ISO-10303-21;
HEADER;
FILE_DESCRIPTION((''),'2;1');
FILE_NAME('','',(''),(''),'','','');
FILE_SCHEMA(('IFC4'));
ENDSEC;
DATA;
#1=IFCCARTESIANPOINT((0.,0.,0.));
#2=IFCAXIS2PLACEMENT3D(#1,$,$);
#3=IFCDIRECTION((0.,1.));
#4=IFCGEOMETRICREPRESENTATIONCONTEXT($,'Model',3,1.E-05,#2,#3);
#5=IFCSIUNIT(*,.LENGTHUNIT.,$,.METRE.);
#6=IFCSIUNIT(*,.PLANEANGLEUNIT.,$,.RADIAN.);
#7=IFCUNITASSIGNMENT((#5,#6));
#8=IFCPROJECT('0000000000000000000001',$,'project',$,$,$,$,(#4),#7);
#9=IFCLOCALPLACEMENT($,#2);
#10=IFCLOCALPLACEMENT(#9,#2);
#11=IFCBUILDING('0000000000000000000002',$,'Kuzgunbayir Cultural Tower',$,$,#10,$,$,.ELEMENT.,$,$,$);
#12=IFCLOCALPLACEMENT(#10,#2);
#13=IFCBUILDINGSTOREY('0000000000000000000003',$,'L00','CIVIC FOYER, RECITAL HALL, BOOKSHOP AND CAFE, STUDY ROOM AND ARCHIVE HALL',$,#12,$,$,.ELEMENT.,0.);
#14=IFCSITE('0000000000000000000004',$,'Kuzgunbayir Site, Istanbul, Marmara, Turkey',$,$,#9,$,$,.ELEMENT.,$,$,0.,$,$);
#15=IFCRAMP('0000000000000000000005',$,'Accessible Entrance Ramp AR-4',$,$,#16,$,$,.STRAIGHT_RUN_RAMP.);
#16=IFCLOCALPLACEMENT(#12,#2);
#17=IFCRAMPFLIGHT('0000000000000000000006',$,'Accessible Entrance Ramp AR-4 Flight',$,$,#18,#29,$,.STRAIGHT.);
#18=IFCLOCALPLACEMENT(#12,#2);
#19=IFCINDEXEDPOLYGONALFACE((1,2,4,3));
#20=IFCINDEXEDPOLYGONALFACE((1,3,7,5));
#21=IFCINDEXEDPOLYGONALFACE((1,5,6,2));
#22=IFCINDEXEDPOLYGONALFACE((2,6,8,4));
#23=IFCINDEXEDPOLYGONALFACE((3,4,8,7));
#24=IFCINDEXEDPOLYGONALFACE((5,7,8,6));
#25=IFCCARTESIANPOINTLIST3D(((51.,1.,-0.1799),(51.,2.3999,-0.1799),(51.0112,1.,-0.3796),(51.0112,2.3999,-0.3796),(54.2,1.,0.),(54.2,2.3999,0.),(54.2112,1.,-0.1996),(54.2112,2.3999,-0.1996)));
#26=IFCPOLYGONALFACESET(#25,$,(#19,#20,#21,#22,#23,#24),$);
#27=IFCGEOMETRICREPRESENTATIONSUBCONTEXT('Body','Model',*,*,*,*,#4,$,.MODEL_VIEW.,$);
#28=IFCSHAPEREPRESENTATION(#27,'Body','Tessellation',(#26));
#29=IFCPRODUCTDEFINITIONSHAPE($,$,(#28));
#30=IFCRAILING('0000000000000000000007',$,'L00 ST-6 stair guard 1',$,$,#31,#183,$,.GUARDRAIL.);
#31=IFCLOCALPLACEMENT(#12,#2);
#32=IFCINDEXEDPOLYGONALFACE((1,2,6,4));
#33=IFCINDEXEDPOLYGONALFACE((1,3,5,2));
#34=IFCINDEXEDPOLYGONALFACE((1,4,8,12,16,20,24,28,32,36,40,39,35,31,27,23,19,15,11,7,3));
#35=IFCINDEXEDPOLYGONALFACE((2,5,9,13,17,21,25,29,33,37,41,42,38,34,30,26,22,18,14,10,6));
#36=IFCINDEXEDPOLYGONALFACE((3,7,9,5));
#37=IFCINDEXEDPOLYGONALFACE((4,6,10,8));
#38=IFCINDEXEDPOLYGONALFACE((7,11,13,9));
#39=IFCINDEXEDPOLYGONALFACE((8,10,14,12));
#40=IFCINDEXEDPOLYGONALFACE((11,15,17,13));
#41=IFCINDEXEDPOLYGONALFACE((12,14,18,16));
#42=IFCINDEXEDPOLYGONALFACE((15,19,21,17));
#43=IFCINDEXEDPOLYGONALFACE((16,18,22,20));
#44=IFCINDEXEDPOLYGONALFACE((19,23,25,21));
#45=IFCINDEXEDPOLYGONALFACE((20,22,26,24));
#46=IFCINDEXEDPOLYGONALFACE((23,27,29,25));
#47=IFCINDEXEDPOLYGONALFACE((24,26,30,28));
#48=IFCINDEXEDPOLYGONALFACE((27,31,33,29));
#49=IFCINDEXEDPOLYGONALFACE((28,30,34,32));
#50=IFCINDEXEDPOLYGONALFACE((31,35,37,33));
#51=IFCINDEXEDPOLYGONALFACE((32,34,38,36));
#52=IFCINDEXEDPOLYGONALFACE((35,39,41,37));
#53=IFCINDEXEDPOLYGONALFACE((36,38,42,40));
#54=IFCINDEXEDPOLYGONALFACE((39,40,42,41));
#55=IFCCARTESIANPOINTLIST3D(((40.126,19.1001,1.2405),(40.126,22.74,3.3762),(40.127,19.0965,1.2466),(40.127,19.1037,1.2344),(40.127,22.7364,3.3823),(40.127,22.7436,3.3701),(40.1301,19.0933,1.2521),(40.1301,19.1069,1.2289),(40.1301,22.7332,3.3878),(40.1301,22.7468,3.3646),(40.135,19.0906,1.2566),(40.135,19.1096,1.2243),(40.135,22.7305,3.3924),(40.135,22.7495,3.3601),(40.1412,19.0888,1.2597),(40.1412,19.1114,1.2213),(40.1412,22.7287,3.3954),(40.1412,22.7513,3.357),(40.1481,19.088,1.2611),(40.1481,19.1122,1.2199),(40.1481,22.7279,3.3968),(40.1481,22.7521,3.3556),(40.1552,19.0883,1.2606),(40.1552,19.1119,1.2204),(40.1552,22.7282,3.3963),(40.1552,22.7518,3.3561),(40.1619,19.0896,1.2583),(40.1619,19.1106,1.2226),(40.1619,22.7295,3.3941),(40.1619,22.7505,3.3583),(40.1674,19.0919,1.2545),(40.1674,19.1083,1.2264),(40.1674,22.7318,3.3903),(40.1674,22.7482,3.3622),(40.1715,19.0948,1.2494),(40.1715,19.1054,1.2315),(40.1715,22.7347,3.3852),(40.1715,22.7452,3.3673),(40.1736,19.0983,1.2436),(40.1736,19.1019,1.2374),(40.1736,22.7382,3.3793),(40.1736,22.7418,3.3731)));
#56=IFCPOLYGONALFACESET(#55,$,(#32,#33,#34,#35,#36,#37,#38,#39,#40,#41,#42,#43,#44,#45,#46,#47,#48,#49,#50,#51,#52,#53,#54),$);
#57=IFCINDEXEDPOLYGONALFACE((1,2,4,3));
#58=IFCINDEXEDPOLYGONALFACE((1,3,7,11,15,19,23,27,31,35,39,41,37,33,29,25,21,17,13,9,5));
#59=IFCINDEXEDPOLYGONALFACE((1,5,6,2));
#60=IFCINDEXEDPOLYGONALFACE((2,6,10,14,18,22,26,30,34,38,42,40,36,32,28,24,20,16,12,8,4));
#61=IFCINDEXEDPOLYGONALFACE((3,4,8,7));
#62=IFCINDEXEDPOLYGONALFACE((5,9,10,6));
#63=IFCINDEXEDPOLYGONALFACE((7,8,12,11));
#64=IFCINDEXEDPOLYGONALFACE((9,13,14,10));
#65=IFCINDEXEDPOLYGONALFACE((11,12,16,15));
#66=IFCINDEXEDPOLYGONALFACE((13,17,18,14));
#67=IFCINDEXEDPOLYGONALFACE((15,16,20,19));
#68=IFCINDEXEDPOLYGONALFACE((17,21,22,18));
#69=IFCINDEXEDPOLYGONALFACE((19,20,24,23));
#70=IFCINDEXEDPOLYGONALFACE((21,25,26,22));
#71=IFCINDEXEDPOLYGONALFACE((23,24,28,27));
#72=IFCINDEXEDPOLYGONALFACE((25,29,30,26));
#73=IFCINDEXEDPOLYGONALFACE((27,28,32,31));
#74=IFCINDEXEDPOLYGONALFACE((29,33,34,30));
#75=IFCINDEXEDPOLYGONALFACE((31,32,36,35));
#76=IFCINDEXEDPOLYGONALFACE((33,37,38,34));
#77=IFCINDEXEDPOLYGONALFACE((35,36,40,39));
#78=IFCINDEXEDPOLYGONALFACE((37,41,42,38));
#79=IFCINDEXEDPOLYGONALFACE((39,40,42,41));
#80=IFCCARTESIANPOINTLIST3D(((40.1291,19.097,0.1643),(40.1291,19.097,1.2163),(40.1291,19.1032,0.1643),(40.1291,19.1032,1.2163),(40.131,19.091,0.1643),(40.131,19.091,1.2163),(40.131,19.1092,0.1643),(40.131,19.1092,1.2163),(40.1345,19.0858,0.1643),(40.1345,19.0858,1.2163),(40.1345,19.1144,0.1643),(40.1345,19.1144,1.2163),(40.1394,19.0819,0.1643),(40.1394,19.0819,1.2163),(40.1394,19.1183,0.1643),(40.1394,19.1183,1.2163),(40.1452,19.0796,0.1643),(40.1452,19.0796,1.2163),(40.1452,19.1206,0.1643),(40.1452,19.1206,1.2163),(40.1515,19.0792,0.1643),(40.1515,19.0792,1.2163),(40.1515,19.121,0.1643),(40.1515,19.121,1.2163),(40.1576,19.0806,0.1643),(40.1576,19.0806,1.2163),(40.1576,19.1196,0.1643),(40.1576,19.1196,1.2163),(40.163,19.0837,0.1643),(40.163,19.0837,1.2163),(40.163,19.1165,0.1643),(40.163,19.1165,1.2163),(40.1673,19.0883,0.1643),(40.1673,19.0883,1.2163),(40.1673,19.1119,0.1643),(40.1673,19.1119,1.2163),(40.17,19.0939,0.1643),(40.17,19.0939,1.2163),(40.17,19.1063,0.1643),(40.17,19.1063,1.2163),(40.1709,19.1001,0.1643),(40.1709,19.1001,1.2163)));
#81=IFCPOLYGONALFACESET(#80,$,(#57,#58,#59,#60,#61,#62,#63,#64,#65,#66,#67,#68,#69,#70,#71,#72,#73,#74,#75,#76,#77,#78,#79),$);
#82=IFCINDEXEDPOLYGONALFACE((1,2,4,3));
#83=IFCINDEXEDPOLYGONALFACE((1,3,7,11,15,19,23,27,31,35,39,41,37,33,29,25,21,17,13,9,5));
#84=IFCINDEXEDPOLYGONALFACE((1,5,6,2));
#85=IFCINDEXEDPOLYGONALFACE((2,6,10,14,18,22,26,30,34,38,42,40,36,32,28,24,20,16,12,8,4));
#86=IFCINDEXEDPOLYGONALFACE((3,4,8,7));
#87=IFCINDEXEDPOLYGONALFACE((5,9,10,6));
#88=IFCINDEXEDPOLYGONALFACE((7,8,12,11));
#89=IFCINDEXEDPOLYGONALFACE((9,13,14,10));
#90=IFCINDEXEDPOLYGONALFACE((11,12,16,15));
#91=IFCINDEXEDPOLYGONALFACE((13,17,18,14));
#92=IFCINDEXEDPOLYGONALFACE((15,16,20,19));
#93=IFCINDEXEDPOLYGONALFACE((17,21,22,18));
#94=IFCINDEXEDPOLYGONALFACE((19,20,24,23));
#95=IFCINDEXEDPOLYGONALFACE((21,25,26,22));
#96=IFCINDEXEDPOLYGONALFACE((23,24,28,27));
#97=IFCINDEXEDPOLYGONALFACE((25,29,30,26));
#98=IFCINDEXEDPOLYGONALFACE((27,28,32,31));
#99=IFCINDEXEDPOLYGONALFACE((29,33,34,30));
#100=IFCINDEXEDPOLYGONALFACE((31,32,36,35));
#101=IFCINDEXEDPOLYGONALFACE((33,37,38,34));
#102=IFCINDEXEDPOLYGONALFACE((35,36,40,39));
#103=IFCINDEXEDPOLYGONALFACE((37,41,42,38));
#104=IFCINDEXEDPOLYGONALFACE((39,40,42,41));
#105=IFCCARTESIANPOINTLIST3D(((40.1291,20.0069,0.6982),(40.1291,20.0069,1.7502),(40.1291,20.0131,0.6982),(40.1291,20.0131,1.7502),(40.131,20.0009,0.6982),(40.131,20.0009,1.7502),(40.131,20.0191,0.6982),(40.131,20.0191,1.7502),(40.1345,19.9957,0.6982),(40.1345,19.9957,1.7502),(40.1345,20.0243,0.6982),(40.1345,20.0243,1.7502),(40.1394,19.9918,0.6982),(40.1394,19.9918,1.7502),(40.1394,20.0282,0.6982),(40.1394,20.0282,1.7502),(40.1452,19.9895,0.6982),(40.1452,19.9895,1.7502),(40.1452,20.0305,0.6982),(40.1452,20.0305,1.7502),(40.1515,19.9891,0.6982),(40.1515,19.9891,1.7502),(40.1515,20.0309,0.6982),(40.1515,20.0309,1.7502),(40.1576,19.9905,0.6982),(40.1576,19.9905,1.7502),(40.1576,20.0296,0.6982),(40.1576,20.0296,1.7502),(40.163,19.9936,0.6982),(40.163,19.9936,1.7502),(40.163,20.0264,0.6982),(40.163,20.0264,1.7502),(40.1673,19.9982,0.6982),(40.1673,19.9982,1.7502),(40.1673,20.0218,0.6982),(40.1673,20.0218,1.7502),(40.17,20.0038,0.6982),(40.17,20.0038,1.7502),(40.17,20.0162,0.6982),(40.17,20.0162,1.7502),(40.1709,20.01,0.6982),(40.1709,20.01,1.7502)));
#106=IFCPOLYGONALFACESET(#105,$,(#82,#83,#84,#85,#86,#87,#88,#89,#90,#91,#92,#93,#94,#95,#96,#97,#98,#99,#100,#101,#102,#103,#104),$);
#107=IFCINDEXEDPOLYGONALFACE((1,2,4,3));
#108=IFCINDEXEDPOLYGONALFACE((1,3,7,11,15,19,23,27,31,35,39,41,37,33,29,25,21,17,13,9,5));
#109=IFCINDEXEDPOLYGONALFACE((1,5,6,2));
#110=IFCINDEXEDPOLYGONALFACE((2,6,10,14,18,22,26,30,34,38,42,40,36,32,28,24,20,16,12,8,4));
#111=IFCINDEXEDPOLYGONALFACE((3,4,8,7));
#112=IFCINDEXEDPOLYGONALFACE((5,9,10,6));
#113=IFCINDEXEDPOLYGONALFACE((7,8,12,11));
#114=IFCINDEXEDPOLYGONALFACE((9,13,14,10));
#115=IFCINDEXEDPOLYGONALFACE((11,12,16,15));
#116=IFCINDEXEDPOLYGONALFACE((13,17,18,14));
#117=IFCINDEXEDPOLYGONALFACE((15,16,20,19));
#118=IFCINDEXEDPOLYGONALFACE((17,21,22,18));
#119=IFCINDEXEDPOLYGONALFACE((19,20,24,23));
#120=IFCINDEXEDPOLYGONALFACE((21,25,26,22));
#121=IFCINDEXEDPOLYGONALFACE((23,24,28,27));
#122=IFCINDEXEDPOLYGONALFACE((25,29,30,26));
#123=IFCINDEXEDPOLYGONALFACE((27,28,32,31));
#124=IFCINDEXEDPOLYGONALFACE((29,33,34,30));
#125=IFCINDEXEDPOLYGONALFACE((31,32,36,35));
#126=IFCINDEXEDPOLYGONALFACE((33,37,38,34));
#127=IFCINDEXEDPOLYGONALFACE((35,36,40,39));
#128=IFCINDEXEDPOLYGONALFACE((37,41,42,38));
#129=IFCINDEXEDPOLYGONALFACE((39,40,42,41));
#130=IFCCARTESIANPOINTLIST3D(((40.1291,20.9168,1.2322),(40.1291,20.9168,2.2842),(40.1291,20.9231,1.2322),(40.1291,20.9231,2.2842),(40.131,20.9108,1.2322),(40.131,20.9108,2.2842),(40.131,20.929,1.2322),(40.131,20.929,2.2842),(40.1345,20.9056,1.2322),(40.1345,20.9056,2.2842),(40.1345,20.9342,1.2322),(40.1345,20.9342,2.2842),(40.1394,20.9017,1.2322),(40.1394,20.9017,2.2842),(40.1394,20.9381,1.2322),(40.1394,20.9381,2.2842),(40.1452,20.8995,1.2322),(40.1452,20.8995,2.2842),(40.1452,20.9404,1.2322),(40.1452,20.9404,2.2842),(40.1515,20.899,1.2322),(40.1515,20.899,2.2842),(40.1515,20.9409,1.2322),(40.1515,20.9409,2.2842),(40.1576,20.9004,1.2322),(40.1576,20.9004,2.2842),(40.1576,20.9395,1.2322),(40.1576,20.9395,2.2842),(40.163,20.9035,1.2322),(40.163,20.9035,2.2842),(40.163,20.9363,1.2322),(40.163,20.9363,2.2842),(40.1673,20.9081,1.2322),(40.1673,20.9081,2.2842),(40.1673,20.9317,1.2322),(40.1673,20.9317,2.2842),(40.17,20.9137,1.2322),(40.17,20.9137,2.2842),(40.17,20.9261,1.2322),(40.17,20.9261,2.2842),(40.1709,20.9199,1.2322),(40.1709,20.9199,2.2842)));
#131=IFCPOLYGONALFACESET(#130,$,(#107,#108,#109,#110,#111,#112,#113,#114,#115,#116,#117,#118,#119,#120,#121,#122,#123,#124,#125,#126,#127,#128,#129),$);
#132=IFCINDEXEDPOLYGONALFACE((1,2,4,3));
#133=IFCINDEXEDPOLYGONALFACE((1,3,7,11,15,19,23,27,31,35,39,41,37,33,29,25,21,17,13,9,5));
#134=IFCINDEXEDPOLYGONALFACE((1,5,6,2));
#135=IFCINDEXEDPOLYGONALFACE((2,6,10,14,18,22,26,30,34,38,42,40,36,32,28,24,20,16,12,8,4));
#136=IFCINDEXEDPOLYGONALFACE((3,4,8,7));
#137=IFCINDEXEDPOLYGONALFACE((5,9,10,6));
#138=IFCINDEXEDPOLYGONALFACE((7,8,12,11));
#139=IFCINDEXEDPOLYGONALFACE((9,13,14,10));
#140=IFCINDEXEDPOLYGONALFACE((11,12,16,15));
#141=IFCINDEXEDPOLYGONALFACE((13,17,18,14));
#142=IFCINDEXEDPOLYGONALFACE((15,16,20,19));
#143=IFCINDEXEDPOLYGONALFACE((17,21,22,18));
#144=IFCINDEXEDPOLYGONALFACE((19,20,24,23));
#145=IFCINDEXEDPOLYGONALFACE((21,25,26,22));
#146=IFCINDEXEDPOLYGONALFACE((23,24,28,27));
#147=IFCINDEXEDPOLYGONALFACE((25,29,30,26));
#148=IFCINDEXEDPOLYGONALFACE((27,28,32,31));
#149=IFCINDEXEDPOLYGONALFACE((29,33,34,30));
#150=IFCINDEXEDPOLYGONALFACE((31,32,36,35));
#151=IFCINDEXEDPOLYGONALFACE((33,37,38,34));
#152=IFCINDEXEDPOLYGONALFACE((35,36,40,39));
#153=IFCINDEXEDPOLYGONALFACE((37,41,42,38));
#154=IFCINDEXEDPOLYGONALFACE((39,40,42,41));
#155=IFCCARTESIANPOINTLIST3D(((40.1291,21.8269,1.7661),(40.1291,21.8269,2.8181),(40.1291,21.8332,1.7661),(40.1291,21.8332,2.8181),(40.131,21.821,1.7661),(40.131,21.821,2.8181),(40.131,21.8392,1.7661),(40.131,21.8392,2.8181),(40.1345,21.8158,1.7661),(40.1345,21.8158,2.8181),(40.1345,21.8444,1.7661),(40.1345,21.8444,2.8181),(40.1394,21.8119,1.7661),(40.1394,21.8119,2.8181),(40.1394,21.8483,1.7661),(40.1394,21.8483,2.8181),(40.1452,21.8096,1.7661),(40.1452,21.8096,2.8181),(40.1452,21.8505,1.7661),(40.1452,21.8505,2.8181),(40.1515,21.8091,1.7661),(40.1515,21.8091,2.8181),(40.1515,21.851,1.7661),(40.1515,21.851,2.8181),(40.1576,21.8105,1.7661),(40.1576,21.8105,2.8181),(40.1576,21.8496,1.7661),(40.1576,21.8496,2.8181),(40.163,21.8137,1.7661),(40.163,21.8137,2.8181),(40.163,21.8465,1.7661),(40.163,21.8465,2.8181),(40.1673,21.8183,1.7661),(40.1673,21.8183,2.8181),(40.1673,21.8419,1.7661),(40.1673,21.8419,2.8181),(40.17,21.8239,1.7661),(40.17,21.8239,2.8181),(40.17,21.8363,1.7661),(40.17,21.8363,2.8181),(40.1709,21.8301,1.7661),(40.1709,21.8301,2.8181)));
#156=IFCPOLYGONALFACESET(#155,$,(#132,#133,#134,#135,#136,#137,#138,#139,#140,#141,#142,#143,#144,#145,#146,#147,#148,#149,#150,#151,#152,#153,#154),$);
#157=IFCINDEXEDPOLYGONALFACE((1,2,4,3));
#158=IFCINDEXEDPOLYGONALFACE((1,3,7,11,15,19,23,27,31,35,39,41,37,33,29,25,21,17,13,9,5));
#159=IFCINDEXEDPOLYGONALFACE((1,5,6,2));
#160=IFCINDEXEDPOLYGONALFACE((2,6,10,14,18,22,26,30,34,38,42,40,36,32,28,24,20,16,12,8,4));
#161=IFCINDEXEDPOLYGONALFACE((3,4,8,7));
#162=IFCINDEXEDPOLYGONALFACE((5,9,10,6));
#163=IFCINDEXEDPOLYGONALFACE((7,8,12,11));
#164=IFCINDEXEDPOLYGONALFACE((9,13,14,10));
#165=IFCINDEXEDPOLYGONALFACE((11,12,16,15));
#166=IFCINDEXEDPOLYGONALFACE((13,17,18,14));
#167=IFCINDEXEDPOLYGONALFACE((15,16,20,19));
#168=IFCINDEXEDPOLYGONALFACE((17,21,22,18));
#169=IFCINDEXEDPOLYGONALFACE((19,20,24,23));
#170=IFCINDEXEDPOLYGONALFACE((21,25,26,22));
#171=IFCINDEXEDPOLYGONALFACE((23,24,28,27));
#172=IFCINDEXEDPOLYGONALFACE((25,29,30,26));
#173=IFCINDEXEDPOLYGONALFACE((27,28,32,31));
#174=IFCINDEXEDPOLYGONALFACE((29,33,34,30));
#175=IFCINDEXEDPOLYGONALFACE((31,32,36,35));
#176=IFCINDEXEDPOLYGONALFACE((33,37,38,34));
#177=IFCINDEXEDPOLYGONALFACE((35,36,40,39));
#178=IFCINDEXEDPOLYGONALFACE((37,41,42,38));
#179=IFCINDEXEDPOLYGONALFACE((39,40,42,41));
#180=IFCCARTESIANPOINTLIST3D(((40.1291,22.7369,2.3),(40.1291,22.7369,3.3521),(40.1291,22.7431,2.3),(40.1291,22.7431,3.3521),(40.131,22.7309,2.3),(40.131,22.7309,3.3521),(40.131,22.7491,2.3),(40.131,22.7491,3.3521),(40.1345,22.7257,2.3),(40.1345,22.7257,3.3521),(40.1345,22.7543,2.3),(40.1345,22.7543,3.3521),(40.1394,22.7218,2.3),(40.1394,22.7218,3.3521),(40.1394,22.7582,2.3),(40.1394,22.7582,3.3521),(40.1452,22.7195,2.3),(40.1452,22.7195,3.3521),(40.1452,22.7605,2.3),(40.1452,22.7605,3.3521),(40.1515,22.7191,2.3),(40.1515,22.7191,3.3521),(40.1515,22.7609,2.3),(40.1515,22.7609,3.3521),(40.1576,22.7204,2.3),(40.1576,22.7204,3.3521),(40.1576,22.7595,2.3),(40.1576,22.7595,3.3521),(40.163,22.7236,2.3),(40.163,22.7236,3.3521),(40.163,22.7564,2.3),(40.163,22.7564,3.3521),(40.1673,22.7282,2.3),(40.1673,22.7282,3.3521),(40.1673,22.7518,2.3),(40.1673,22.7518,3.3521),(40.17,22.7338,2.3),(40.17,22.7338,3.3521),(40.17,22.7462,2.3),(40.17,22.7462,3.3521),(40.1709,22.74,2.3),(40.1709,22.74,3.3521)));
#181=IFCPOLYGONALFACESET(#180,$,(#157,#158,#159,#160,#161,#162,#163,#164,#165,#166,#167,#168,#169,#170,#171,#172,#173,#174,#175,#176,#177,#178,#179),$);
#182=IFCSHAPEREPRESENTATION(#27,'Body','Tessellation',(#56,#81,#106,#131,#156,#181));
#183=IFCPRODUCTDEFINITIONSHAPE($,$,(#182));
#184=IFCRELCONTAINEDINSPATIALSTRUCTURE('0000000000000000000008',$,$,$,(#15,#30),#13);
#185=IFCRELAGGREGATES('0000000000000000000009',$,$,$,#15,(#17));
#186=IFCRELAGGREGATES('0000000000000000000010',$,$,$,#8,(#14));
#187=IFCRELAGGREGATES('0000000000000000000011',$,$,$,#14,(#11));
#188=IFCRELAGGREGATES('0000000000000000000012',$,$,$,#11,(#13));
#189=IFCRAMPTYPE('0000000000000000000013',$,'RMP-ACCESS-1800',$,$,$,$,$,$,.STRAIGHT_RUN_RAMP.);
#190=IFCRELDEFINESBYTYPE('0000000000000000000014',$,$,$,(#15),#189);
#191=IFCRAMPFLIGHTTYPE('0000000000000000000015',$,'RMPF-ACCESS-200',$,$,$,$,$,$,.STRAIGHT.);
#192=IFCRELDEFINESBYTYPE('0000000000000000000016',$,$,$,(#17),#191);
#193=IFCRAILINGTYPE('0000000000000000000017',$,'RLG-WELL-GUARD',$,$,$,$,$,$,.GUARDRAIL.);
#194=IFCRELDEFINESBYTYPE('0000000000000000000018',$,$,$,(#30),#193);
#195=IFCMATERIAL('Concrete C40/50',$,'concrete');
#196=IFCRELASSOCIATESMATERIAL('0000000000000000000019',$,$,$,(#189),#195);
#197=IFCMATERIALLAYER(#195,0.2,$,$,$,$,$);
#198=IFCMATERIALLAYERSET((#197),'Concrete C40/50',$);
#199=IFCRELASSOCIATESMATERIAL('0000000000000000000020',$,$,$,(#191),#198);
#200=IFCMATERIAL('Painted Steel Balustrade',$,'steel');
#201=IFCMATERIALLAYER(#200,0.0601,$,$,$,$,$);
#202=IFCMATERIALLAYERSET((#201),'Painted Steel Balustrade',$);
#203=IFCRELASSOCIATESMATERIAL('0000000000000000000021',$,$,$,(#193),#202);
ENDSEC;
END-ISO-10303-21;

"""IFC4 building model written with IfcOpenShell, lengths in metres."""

from ifc_helpers import new_model, si_unit, direction, frame, origin, origin_2d, place, context, subcontext, project, spatial, polyline, circle, outline, extrude, material, layer, layer_set, type_object, element, aggregate, save


model = new_model("IFC4")

# Units and contexts
model_context = context("Model", 3, precision=1e-05, world=origin(), true_north=direction((0.0, 1.0)))
body_context = subcontext(model_context, "Body", "Model", "MODEL_VIEW")
ifc_project = project(units=[si_unit("LENGTHUNIT", "METRE"), si_unit("PLANEANGLEUNIT", "RADIAN")], contexts=[model_context])

# Site, building, storey
site_placement = place(None, origin())
site = spatial("IfcSite", under=ifc_project, at=site_placement, Name="Kuzgunbayir Site, Istanbul, Marmara, Turkey", CompositionType="ELEMENT", RefElevation=0.0)
building_placement = place(site_placement, origin())
building = spatial("IfcBuilding", under=site, at=building_placement, Name="Kuzgunbayir Cultural Tower", CompositionType="ELEMENT")
storey_placement = place(building_placement, origin())
storey = spatial("IfcBuildingStorey", under=building, at=storey_placement, Name="L00", Description="CIVIC FOYER, RECITAL HALL, BOOKSHOP AND CAFE, STUDY ROOM AND ARCHIVE HALL", CompositionType="ELEMENT", Elevation=0.0)

# Shared definitions
ifc_material_1 = material(Name="Concrete C40/50", Category="concrete")

# Ramp, ramp flight
ramp_type = type_object("IfcRampType", Name="RMP-ACCESS-1800", PredefinedType="STRAIGHT_RUN_RAMP", material=ifc_material_1)
ramp_placement = place(storey_placement, origin())
ramp = element("IfcRamp", 1, at=ramp_placement, inside=storey, type_object=ramp_type, Name="Accessible Entrance Ramp AR-4", PredefinedType="STRAIGHT_RUN_RAMP")
ifc_layer_1 = layer(ifc_material_1, 0.2)
ifc_layer_set_1 = layer_set([ifc_layer_1], Name="Concrete C40/50")
ramp_flight_type = type_object("IfcRampFlightType", Name="RMPF-ACCESS-200", PredefinedType="STRAIGHT", material=ifc_layer_set_1)
ramp_flight_placement = place(storey_placement, frame((51.0, 1.0, -0.1799), z_axis=(-0.056141, 0.0, 0.998423), x_axis=(0.998423, 0.0, 0.056141)))
ramp_flight = element("IfcRampFlight", 2, at=ramp_flight_placement, type_object=ramp_flight_type, Name="Accessible Entrance Ramp AR-4 Flight", PredefinedType="STRAIGHT", context=body_context, shape_type="SweptSolid", body=[
    extrude(outline(polyline([(0.0, 0.0), (3.205, 0.0), (3.205, 1.3999), (0.0, 1.3999), (0.0, 0.0)])), origin(), (0.0, 0.0, -1.0), 0.2),
])
aggregate(ramp, [ramp_flight])

# Railing
ifc_material_2 = material(Name="Painted Steel Balustrade", Category="steel")
ifc_layer_2 = layer(ifc_material_2, 0.0601)
ifc_layer_set_2 = layer_set([ifc_layer_2], Name="Painted Steel Balustrade")
railing_type = type_object("IfcRailingType", Name="RLG-WELL-GUARD", PredefinedType="GUARDRAIL", material=ifc_layer_set_2)
railing_placement = place(storey_placement, frame((40.1499, 19.1001, 0.1643)))
element("IfcRailing", 3, at=railing_placement, inside=storey, type_object=railing_type, Name="L00 ST-6 stair guard 1", PredefinedType="GUARDRAIL", context=body_context, shape_type="SweptSolid", body=[
    extrude(circle(Radius=0.0239, at=origin_2d()), frame((0.0, 0.0, 1.0762), z_axis=(0.0, 0.86249, 0.506074), x_axis=(-1.0, 0.0, 0.0)), (0.0, 0.0, 1.0), 4.2202),
    extrude(circle(Radius=0.021, at=origin_2d()), origin(), (0.0, 0.0, 1.0), 1.052),
    extrude(circle(Radius=0.021, at=origin_2d()), frame((0.0, 0.9099, 0.5339)), (0.0, 0.0, 1.0), 1.052),
    extrude(circle(Radius=0.021, at=origin_2d()), frame((0.0, 1.8198, 1.0679)), (0.0, 0.0, 1.0), 1.052),
    extrude(circle(Radius=0.021, at=origin_2d()), frame((0.0, 2.73, 1.6018)), (0.0, 0.0, 1.0), 1.052),
    extrude(circle(Radius=0.021, at=origin_2d()), frame((0.0, 3.6399, 2.1357)), (0.0, 0.0, 1.0), 1.052),
])

save(model, "model.ifc")
